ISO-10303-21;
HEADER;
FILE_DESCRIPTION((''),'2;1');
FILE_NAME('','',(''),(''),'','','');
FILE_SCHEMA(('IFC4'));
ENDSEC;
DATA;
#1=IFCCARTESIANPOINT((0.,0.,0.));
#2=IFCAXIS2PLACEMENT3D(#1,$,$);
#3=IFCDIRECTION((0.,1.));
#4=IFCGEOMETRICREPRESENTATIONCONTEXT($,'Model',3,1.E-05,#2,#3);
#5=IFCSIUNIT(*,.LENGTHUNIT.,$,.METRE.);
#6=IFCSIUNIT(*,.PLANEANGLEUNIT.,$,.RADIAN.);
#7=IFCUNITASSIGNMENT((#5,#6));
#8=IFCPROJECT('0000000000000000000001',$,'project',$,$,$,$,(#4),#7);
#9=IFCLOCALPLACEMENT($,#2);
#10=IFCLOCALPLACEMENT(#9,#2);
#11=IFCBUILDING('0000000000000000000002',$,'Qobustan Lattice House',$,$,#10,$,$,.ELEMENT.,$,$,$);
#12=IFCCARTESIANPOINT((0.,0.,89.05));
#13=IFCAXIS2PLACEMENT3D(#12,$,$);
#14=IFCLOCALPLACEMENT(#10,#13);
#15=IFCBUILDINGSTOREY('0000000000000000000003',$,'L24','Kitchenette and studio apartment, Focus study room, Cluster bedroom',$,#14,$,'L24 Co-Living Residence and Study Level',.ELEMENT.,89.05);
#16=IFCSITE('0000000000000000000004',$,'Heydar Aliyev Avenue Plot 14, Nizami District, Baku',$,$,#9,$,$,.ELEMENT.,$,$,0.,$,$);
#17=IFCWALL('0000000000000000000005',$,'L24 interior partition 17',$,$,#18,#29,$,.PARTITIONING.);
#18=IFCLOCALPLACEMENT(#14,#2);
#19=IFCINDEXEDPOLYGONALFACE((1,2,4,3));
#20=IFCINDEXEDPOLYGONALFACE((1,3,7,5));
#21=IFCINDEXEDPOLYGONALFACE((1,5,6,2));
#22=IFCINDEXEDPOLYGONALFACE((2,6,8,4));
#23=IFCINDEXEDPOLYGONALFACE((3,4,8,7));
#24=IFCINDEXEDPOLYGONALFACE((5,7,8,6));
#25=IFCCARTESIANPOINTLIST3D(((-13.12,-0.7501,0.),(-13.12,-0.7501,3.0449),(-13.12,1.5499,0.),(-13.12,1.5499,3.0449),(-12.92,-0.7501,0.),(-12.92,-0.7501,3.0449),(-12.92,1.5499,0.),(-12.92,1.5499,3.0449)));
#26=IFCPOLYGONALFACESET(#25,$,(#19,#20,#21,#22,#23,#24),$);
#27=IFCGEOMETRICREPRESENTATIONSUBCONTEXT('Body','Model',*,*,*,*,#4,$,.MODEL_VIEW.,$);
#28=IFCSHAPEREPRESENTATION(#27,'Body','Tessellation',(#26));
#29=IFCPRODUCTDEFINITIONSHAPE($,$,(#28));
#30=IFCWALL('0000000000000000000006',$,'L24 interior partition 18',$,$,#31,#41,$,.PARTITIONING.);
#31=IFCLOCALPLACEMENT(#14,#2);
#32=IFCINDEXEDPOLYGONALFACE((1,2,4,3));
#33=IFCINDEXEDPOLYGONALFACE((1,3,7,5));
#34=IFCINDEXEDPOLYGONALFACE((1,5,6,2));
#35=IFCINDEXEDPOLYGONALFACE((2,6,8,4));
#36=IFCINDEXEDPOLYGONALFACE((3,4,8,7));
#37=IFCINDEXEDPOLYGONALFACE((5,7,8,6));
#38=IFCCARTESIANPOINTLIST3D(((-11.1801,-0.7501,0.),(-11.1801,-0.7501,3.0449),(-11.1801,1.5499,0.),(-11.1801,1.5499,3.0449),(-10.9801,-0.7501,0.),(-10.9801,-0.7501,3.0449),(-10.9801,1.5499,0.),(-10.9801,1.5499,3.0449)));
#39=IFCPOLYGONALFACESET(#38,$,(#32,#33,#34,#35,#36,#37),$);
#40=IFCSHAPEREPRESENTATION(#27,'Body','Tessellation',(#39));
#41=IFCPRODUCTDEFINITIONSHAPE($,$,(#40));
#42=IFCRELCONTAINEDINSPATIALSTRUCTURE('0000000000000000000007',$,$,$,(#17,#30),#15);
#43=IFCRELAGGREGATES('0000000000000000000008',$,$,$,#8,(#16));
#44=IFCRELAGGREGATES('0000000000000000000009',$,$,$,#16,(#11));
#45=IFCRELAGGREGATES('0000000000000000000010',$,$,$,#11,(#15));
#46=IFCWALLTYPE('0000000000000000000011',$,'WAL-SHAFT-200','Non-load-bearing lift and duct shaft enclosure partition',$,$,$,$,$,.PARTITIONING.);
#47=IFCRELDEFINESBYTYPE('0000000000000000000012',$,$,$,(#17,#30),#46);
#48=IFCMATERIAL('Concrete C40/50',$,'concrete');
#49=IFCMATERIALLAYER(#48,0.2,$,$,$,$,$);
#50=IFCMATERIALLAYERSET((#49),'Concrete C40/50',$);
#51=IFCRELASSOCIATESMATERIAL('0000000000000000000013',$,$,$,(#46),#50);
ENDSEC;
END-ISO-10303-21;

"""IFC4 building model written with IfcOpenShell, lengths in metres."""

from ifc_helpers import new_model, si_unit, direction, frame, frame_2d, origin, place, context, subcontext, project, spatial, rectangle, extrude, material, layer, layer_set, type_object, element, save


model = new_model("IFC4")

# Units and contexts
model_context = context("Model", 3, precision=1e-05, world=origin(), true_north=direction((0.0, 1.0)))
body_context = subcontext(model_context, "Body", "Model", "MODEL_VIEW")
ifc_project = project(units=[si_unit("LENGTHUNIT", "METRE"), si_unit("PLANEANGLEUNIT", "RADIAN")], contexts=[model_context])

# Site, building, storey
site_placement = place(None, origin())
site = spatial("IfcSite", under=ifc_project, at=site_placement, Name="Heydar Aliyev Avenue Plot 14, Nizami District, Baku", CompositionType="ELEMENT", RefElevation=0.0)
building_placement = place(site_placement, origin())
building = spatial("IfcBuilding", under=site, at=building_placement, Name="Qobustan Lattice House", CompositionType="ELEMENT")
storey_placement = place(building_placement, frame((0.0, 0.0, 89.05)))
storey = spatial("IfcBuildingStorey", under=building, at=storey_placement, Name="L24", Description="Kitchenette and studio apartment, Focus study room, Cluster bedroom", LongName="L24 Co-Living Residence and Study Level", CompositionType="ELEMENT", Elevation=89.05)

# Shared definitions
ifc_material_1 = material(Name="Concrete C40/50", Category="concrete")
ifc_layer_1 = layer(ifc_material_1, 0.2)
ifc_layer_set_1 = layer_set([ifc_layer_1], Name="Concrete C40/50")
wall_type_1 = type_object("IfcWallType", Name="WAL-SHAFT-200", Description="Non-load-bearing lift and duct shaft enclosure partition", PredefinedType="PARTITIONING", material=ifc_layer_set_1)

# Walls
for number, where, z_axis, x_axis, name in (
    (1, (-13.02, -0.75, 0.0), (0.0, 0.0, 1.0), (0.0, 1.0, 0.0), "L24 interior partition 17"),
    (2, (-11.0801, -0.75, 0.0), (0.0, 0.0, 1.0), (0.0, 1.0, 0.0), "L24 interior partition 18"),
):
    element("IfcWall", number, at=place(storey_placement, frame(where, z_axis=z_axis, x_axis=x_axis)), inside=storey, type_object=wall_type_1, Name=name, PredefinedType="PARTITIONING", context=body_context, shape_type="SweptSolid", body=[
        extrude(rectangle(XDim=2.3, YDim=0.2, at=frame_2d((1.1499, 0.0))), origin(), (0.0, 0.0, 1.0), 3.0449),
    ])

save(model, "model.ifc")
